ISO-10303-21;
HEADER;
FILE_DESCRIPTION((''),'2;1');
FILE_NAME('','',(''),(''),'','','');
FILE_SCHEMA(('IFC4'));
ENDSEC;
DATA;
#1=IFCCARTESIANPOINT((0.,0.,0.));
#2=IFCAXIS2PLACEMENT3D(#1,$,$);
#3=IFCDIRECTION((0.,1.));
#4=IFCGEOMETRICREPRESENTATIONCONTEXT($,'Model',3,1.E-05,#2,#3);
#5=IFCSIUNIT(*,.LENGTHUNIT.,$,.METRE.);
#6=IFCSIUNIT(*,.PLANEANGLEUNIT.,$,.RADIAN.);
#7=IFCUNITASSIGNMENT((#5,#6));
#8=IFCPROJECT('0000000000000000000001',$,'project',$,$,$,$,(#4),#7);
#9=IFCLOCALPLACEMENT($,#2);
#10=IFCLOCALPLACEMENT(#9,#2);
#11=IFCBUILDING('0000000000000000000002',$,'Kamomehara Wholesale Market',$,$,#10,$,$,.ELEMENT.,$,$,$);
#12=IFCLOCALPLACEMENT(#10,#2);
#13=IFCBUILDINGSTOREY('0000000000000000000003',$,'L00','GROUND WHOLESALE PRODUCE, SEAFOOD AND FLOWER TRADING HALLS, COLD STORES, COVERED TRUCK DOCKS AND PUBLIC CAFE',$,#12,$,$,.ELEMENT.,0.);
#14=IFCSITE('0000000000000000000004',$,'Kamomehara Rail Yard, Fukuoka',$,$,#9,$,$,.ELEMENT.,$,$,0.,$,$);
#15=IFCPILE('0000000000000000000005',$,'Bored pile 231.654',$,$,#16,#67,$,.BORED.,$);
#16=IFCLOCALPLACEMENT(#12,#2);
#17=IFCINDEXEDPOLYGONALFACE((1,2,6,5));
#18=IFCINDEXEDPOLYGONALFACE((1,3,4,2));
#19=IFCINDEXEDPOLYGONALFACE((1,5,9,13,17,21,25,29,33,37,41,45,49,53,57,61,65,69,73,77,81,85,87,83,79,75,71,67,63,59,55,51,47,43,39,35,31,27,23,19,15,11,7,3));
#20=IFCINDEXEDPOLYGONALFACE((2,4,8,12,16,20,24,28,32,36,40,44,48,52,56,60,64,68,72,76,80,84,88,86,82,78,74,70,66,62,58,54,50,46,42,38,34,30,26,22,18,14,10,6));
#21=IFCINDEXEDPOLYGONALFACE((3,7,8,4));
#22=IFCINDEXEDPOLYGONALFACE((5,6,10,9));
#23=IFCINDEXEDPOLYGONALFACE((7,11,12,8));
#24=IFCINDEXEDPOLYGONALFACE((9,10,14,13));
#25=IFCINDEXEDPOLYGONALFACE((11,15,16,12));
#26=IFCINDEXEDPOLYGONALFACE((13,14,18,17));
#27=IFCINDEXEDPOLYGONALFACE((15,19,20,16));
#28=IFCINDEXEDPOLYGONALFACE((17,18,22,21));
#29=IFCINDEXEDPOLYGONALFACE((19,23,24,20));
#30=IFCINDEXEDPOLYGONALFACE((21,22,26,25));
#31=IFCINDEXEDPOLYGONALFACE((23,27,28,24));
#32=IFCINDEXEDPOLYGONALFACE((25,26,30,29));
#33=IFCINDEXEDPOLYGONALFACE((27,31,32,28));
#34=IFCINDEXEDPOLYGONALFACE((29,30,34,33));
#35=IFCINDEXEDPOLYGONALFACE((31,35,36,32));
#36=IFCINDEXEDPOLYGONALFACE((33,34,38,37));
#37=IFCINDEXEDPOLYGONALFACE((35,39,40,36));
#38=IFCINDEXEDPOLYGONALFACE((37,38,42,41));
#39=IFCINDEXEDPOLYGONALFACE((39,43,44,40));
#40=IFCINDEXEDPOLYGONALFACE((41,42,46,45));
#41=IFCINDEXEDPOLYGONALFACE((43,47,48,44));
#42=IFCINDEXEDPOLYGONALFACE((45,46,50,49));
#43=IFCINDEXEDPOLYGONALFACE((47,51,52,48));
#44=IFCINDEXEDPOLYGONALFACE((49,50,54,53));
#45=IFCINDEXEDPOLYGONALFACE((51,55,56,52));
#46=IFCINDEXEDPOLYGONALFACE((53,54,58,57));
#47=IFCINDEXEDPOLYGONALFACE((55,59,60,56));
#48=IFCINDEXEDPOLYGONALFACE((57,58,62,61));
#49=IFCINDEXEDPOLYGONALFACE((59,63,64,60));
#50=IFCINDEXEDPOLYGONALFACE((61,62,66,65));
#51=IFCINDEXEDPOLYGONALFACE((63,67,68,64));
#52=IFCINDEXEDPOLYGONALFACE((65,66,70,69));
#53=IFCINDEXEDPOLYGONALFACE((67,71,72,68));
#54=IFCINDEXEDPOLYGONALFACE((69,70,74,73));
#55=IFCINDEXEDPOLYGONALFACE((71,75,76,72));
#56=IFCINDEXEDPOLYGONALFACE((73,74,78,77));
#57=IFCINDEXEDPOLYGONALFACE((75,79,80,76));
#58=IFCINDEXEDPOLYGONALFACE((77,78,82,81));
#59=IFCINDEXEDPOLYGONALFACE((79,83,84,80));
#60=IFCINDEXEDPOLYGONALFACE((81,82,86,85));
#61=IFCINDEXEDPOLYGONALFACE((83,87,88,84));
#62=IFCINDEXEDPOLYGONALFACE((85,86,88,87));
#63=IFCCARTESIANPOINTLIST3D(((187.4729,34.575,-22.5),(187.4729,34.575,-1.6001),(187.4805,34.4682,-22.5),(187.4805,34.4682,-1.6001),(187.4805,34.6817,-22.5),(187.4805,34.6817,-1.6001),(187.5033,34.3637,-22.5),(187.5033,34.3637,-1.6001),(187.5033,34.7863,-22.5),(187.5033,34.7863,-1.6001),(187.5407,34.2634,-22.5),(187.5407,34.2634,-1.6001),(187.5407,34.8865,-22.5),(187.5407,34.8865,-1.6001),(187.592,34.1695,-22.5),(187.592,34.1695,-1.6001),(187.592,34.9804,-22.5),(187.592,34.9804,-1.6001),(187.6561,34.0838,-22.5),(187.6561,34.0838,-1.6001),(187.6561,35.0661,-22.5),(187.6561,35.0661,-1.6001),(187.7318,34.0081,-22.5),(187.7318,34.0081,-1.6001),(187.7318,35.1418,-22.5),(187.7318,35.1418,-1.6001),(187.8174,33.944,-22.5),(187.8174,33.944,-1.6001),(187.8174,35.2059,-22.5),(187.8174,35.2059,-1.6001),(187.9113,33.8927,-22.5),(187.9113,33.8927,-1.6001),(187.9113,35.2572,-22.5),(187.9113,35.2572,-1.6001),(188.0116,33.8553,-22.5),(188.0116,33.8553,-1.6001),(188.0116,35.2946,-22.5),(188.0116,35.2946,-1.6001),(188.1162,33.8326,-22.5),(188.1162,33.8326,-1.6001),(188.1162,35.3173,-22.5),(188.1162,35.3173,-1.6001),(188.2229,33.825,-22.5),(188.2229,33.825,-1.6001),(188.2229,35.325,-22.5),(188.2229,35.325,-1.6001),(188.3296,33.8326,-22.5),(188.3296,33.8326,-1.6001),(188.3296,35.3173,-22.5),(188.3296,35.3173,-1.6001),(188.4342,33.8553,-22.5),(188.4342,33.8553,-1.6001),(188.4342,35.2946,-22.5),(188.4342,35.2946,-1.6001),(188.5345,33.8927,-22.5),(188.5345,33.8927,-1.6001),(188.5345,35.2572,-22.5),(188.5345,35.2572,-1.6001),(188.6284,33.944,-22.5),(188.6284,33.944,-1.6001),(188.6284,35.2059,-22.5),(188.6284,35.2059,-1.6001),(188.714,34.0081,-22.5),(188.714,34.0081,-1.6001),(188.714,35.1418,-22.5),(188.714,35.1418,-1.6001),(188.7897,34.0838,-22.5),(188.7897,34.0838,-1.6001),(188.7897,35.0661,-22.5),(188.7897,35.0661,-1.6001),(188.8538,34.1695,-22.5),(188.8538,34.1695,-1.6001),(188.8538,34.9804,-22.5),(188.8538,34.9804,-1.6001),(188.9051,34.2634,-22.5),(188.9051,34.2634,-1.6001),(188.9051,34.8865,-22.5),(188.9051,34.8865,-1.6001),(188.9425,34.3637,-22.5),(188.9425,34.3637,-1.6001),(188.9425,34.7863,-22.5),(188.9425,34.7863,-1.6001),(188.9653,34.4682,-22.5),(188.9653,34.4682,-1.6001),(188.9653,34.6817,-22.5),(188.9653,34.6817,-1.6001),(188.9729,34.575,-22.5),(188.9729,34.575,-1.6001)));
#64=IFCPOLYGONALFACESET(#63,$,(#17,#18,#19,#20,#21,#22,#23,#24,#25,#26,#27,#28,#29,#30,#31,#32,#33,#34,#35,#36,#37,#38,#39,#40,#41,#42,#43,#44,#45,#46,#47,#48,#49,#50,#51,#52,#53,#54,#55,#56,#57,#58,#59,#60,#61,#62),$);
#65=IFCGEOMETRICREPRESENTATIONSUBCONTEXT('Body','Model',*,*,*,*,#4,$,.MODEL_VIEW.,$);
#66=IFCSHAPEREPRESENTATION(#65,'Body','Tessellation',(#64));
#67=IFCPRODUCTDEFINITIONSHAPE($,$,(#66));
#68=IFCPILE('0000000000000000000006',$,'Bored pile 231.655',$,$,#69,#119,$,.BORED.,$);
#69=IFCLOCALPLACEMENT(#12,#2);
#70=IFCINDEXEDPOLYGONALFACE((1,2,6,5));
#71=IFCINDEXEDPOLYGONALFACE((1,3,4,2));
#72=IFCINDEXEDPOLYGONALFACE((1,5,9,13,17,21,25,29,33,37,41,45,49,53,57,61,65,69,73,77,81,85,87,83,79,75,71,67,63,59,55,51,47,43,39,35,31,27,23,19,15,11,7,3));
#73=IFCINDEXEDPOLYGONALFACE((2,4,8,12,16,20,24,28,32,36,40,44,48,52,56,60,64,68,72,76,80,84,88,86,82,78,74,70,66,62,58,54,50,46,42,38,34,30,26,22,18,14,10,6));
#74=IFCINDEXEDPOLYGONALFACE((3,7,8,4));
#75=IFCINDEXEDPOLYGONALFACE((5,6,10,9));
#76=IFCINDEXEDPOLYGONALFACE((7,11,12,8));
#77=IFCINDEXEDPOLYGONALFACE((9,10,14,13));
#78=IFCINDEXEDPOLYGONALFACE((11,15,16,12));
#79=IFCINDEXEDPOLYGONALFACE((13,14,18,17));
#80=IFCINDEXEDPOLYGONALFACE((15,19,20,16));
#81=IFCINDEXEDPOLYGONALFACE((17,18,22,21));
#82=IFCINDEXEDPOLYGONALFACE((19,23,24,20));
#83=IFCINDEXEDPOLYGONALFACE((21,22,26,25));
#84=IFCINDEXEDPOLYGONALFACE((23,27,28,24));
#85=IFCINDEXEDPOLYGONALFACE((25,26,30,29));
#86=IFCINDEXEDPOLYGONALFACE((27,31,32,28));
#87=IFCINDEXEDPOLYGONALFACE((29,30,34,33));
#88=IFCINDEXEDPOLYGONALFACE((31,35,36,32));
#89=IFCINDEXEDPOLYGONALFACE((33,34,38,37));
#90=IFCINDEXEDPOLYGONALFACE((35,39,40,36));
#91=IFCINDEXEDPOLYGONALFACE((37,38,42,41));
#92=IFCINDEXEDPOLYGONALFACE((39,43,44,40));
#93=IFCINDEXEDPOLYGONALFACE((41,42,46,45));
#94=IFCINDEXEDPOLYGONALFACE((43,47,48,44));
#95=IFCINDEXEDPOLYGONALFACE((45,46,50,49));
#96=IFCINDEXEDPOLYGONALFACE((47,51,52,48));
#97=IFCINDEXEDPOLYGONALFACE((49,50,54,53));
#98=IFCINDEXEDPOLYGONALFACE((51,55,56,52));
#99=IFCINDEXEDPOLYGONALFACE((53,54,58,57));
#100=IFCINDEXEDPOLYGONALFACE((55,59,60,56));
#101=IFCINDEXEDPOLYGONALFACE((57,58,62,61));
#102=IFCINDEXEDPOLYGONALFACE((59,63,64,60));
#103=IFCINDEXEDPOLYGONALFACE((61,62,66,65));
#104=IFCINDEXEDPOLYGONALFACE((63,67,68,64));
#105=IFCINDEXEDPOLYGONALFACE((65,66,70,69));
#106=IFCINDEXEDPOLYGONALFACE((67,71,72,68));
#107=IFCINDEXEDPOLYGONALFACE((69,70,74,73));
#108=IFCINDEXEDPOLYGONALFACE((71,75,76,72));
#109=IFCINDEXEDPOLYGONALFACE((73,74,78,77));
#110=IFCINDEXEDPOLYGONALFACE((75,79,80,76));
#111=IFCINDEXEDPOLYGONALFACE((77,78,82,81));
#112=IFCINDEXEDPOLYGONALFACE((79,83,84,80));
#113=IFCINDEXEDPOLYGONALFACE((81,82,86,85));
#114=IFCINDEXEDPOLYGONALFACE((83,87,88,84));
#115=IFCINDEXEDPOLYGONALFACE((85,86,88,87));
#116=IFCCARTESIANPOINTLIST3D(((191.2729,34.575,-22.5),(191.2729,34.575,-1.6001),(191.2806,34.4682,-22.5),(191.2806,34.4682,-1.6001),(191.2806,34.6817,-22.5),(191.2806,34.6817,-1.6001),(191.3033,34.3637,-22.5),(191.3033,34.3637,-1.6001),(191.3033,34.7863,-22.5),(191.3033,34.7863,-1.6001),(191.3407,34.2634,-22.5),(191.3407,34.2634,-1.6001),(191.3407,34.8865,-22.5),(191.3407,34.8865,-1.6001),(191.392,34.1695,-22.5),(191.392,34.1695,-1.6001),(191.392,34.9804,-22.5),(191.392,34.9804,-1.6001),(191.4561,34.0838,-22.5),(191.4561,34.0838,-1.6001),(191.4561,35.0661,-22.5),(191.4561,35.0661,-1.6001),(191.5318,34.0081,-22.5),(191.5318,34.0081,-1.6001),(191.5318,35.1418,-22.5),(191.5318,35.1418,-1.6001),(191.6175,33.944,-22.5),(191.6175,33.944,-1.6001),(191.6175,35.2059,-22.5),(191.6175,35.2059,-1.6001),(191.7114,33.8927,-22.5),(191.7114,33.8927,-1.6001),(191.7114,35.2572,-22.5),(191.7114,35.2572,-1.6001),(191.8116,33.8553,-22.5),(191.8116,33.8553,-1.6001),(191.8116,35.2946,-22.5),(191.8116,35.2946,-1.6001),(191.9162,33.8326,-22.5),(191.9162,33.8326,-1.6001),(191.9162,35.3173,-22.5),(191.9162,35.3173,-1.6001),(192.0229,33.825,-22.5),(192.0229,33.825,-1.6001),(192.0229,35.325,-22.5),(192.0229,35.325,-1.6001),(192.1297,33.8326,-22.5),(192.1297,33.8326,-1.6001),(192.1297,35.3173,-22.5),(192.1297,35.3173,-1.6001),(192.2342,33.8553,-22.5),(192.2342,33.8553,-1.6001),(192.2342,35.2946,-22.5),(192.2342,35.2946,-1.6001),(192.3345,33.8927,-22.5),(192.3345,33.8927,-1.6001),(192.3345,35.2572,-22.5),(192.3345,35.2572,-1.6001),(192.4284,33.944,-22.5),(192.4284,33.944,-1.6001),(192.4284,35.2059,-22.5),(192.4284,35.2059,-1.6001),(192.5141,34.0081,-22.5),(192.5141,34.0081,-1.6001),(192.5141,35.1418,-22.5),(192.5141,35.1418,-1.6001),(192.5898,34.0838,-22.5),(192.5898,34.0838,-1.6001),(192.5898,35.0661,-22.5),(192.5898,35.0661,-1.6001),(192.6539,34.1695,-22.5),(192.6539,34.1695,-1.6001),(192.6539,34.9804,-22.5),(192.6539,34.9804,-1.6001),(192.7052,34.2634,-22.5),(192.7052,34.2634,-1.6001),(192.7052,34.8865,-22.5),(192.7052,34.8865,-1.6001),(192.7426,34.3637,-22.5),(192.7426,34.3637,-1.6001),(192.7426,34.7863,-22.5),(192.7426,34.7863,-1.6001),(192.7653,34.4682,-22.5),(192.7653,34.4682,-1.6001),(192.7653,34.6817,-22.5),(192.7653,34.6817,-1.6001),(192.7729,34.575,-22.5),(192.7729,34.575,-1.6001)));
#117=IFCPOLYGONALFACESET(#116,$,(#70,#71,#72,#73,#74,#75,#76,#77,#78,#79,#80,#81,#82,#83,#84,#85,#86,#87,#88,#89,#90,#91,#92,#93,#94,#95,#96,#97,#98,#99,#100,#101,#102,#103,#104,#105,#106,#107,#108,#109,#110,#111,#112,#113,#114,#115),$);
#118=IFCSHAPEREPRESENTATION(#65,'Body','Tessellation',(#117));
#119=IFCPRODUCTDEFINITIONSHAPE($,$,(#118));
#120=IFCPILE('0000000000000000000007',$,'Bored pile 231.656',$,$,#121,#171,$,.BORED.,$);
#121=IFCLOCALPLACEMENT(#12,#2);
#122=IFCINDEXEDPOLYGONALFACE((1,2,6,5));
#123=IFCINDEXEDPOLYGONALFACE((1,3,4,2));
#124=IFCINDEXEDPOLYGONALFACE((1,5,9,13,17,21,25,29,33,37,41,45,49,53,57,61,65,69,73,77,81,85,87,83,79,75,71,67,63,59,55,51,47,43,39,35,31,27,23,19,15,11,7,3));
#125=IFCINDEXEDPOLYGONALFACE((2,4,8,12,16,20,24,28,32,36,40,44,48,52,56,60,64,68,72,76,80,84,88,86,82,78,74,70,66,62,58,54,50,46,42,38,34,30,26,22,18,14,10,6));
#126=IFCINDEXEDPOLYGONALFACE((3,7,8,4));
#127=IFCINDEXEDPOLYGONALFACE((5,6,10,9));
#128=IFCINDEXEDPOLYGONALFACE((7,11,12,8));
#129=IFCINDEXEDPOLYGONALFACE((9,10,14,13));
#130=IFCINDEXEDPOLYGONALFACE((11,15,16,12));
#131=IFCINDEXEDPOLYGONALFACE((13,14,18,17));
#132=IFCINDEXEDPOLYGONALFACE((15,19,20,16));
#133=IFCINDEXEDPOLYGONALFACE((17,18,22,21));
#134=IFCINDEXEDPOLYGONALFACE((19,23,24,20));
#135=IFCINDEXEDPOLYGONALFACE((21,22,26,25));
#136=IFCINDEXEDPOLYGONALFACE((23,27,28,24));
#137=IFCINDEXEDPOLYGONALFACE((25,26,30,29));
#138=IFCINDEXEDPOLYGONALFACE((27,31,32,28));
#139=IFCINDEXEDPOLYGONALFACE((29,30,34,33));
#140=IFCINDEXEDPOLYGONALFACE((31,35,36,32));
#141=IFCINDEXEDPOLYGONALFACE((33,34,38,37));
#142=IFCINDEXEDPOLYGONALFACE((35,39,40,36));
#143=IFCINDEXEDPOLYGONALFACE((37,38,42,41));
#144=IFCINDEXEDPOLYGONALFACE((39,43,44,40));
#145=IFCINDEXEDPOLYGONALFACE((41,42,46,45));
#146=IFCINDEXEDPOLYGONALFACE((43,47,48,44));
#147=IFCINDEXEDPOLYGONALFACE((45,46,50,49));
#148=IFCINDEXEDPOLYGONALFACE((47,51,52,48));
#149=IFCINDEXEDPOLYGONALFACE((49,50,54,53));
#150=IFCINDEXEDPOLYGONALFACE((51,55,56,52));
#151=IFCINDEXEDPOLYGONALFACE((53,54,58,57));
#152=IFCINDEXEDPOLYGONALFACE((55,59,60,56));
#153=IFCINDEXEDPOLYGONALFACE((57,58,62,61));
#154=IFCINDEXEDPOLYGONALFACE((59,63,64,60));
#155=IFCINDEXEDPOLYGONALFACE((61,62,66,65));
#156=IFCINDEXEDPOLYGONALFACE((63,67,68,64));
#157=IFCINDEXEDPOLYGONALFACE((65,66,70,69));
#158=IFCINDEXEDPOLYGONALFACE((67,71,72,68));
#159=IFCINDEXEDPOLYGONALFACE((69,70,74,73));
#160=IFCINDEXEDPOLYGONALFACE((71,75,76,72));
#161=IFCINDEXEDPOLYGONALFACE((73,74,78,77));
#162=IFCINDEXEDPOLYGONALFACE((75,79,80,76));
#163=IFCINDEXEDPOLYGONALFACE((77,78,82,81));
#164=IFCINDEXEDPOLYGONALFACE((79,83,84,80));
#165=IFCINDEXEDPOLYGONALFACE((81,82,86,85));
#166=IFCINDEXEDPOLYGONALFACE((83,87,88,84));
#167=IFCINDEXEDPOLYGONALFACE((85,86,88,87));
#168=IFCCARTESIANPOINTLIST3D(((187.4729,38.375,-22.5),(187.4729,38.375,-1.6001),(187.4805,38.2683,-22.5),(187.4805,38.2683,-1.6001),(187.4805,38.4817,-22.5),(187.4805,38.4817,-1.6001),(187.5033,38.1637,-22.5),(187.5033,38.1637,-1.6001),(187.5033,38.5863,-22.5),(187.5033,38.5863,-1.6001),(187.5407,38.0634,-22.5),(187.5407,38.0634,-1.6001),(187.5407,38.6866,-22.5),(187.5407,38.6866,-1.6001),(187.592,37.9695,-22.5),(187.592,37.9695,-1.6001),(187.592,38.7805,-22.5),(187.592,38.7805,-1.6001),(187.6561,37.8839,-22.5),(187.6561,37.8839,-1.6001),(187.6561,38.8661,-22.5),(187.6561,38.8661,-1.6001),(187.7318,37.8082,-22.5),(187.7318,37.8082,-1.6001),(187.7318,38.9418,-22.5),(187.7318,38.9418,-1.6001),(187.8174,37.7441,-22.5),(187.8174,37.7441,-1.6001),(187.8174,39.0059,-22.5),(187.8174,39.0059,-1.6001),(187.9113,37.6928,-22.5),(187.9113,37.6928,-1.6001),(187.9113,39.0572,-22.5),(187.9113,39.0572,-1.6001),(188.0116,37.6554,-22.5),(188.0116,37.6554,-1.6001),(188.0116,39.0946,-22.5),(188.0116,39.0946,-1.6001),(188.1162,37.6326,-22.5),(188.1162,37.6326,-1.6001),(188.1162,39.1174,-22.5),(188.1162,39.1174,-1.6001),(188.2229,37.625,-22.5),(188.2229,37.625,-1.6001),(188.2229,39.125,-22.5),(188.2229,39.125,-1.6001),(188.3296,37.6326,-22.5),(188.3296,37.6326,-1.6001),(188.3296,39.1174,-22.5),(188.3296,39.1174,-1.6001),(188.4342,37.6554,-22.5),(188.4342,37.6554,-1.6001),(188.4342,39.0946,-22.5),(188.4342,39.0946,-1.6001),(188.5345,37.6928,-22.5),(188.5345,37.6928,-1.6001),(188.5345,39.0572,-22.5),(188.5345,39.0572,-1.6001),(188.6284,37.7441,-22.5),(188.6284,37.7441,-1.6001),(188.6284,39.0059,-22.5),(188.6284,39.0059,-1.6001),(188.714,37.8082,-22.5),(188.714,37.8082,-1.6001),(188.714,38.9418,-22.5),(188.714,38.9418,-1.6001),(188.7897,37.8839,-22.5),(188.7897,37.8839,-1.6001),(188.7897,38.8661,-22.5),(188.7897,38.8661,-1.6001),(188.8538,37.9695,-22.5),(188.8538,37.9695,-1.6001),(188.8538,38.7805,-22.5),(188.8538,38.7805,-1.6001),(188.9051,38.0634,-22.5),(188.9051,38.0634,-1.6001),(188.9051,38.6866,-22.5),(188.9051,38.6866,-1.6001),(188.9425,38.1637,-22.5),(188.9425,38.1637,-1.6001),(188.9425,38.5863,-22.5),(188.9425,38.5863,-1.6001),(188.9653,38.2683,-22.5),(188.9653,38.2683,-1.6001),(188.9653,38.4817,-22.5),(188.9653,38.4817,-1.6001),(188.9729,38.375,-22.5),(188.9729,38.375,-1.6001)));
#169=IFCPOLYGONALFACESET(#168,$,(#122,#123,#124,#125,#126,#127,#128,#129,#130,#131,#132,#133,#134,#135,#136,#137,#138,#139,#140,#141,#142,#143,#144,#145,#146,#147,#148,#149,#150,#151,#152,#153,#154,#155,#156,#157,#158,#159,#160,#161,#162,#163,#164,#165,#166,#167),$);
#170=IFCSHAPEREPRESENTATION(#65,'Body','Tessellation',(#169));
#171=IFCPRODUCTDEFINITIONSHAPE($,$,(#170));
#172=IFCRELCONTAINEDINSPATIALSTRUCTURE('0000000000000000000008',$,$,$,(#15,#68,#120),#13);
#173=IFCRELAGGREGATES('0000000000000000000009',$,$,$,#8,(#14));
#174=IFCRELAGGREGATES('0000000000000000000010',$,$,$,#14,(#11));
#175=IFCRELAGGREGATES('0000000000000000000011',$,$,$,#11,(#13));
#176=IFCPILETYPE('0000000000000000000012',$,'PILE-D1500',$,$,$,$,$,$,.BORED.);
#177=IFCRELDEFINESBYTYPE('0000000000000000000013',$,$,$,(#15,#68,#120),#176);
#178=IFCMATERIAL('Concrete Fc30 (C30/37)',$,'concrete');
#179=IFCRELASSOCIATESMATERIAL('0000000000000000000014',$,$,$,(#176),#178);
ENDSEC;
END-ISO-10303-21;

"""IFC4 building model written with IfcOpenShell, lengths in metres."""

from ifc_helpers import new_model, si_unit, direction, frame, origin, origin_2d, place, context, subcontext, project, spatial, circle, extrude, material, material_profile, profile_set, type_object, element, save


model = new_model("IFC4")

# Units and contexts
model_context = context("Model", 3, precision=1e-05, world=origin(), true_north=direction((0.0, 1.0)))
body_context = subcontext(model_context, "Body", "Model", "MODEL_VIEW")
ifc_project = project(units=[si_unit("LENGTHUNIT", "METRE"), si_unit("PLANEANGLEUNIT", "RADIAN")], contexts=[model_context])

# Site, building, storey
site_placement = place(None, origin())
site = spatial("IfcSite", under=ifc_project, at=site_placement, Name="Kamomehara Rail Yard, Fukuoka", CompositionType="ELEMENT", RefElevation=0.0)
building_placement = place(site_placement, origin())
building = spatial("IfcBuilding", under=site, at=building_placement, Name="Kamomehara Wholesale Market", CompositionType="ELEMENT")
storey_placement = place(building_placement, origin())
storey = spatial("IfcBuildingStorey", under=building, at=storey_placement, Name="L00", Description="GROUND WHOLESALE PRODUCE, SEAFOOD AND FLOWER TRADING HALLS, COLD STORES, COVERED TRUCK DOCKS AND PUBLIC CAFE", CompositionType="ELEMENT", Elevation=0.0)

# Piles
ifc_material_1 = material(Name="Concrete Fc30 (C30/37)", Category="concrete")
ifc_material_profile_1 = material_profile(ifc_material_1, circle(Radius=0.75, at=origin_2d()), Name="RC-PILE-D1500")
ifc_profile_set_1 = profile_set([ifc_material_profile_1], Name="Concrete Fc30 (C30/37)")
pile_type_1 = type_object("IfcPileType", Name="PILE-D1500", PredefinedType="BORED", material=ifc_profile_set_1)
for number, where, z_axis, x_axis, name in (
    (1, (188.2229, 34.575, -1.6001), (0.0, 0.0, -1.0), (1.0, 0.0, 0.0), "Bored pile 231.654"),
    (2, (192.0229, 34.575, -1.6001), (0.0, 0.0, -1.0), (1.0, 0.0, 0.0), "Bored pile 231.655"),
    (3, (188.2229, 38.375, -1.6001), (0.0, 0.0, -1.0), (1.0, 0.0, 0.0), "Bored pile 231.656"),
):
    element("IfcPile", number, at=place(storey_placement, frame(where, z_axis=z_axis, x_axis=x_axis)), inside=storey, type_object=pile_type_1, Name=name, PredefinedType="BORED", context=body_context, shape_type="SweptSolid", body=[
        extrude(circle(Radius=0.75, at=origin_2d()), origin(), (0.0, 0.0, 1.0), 20.8999),
    ])

save(model, "model.ifc")
